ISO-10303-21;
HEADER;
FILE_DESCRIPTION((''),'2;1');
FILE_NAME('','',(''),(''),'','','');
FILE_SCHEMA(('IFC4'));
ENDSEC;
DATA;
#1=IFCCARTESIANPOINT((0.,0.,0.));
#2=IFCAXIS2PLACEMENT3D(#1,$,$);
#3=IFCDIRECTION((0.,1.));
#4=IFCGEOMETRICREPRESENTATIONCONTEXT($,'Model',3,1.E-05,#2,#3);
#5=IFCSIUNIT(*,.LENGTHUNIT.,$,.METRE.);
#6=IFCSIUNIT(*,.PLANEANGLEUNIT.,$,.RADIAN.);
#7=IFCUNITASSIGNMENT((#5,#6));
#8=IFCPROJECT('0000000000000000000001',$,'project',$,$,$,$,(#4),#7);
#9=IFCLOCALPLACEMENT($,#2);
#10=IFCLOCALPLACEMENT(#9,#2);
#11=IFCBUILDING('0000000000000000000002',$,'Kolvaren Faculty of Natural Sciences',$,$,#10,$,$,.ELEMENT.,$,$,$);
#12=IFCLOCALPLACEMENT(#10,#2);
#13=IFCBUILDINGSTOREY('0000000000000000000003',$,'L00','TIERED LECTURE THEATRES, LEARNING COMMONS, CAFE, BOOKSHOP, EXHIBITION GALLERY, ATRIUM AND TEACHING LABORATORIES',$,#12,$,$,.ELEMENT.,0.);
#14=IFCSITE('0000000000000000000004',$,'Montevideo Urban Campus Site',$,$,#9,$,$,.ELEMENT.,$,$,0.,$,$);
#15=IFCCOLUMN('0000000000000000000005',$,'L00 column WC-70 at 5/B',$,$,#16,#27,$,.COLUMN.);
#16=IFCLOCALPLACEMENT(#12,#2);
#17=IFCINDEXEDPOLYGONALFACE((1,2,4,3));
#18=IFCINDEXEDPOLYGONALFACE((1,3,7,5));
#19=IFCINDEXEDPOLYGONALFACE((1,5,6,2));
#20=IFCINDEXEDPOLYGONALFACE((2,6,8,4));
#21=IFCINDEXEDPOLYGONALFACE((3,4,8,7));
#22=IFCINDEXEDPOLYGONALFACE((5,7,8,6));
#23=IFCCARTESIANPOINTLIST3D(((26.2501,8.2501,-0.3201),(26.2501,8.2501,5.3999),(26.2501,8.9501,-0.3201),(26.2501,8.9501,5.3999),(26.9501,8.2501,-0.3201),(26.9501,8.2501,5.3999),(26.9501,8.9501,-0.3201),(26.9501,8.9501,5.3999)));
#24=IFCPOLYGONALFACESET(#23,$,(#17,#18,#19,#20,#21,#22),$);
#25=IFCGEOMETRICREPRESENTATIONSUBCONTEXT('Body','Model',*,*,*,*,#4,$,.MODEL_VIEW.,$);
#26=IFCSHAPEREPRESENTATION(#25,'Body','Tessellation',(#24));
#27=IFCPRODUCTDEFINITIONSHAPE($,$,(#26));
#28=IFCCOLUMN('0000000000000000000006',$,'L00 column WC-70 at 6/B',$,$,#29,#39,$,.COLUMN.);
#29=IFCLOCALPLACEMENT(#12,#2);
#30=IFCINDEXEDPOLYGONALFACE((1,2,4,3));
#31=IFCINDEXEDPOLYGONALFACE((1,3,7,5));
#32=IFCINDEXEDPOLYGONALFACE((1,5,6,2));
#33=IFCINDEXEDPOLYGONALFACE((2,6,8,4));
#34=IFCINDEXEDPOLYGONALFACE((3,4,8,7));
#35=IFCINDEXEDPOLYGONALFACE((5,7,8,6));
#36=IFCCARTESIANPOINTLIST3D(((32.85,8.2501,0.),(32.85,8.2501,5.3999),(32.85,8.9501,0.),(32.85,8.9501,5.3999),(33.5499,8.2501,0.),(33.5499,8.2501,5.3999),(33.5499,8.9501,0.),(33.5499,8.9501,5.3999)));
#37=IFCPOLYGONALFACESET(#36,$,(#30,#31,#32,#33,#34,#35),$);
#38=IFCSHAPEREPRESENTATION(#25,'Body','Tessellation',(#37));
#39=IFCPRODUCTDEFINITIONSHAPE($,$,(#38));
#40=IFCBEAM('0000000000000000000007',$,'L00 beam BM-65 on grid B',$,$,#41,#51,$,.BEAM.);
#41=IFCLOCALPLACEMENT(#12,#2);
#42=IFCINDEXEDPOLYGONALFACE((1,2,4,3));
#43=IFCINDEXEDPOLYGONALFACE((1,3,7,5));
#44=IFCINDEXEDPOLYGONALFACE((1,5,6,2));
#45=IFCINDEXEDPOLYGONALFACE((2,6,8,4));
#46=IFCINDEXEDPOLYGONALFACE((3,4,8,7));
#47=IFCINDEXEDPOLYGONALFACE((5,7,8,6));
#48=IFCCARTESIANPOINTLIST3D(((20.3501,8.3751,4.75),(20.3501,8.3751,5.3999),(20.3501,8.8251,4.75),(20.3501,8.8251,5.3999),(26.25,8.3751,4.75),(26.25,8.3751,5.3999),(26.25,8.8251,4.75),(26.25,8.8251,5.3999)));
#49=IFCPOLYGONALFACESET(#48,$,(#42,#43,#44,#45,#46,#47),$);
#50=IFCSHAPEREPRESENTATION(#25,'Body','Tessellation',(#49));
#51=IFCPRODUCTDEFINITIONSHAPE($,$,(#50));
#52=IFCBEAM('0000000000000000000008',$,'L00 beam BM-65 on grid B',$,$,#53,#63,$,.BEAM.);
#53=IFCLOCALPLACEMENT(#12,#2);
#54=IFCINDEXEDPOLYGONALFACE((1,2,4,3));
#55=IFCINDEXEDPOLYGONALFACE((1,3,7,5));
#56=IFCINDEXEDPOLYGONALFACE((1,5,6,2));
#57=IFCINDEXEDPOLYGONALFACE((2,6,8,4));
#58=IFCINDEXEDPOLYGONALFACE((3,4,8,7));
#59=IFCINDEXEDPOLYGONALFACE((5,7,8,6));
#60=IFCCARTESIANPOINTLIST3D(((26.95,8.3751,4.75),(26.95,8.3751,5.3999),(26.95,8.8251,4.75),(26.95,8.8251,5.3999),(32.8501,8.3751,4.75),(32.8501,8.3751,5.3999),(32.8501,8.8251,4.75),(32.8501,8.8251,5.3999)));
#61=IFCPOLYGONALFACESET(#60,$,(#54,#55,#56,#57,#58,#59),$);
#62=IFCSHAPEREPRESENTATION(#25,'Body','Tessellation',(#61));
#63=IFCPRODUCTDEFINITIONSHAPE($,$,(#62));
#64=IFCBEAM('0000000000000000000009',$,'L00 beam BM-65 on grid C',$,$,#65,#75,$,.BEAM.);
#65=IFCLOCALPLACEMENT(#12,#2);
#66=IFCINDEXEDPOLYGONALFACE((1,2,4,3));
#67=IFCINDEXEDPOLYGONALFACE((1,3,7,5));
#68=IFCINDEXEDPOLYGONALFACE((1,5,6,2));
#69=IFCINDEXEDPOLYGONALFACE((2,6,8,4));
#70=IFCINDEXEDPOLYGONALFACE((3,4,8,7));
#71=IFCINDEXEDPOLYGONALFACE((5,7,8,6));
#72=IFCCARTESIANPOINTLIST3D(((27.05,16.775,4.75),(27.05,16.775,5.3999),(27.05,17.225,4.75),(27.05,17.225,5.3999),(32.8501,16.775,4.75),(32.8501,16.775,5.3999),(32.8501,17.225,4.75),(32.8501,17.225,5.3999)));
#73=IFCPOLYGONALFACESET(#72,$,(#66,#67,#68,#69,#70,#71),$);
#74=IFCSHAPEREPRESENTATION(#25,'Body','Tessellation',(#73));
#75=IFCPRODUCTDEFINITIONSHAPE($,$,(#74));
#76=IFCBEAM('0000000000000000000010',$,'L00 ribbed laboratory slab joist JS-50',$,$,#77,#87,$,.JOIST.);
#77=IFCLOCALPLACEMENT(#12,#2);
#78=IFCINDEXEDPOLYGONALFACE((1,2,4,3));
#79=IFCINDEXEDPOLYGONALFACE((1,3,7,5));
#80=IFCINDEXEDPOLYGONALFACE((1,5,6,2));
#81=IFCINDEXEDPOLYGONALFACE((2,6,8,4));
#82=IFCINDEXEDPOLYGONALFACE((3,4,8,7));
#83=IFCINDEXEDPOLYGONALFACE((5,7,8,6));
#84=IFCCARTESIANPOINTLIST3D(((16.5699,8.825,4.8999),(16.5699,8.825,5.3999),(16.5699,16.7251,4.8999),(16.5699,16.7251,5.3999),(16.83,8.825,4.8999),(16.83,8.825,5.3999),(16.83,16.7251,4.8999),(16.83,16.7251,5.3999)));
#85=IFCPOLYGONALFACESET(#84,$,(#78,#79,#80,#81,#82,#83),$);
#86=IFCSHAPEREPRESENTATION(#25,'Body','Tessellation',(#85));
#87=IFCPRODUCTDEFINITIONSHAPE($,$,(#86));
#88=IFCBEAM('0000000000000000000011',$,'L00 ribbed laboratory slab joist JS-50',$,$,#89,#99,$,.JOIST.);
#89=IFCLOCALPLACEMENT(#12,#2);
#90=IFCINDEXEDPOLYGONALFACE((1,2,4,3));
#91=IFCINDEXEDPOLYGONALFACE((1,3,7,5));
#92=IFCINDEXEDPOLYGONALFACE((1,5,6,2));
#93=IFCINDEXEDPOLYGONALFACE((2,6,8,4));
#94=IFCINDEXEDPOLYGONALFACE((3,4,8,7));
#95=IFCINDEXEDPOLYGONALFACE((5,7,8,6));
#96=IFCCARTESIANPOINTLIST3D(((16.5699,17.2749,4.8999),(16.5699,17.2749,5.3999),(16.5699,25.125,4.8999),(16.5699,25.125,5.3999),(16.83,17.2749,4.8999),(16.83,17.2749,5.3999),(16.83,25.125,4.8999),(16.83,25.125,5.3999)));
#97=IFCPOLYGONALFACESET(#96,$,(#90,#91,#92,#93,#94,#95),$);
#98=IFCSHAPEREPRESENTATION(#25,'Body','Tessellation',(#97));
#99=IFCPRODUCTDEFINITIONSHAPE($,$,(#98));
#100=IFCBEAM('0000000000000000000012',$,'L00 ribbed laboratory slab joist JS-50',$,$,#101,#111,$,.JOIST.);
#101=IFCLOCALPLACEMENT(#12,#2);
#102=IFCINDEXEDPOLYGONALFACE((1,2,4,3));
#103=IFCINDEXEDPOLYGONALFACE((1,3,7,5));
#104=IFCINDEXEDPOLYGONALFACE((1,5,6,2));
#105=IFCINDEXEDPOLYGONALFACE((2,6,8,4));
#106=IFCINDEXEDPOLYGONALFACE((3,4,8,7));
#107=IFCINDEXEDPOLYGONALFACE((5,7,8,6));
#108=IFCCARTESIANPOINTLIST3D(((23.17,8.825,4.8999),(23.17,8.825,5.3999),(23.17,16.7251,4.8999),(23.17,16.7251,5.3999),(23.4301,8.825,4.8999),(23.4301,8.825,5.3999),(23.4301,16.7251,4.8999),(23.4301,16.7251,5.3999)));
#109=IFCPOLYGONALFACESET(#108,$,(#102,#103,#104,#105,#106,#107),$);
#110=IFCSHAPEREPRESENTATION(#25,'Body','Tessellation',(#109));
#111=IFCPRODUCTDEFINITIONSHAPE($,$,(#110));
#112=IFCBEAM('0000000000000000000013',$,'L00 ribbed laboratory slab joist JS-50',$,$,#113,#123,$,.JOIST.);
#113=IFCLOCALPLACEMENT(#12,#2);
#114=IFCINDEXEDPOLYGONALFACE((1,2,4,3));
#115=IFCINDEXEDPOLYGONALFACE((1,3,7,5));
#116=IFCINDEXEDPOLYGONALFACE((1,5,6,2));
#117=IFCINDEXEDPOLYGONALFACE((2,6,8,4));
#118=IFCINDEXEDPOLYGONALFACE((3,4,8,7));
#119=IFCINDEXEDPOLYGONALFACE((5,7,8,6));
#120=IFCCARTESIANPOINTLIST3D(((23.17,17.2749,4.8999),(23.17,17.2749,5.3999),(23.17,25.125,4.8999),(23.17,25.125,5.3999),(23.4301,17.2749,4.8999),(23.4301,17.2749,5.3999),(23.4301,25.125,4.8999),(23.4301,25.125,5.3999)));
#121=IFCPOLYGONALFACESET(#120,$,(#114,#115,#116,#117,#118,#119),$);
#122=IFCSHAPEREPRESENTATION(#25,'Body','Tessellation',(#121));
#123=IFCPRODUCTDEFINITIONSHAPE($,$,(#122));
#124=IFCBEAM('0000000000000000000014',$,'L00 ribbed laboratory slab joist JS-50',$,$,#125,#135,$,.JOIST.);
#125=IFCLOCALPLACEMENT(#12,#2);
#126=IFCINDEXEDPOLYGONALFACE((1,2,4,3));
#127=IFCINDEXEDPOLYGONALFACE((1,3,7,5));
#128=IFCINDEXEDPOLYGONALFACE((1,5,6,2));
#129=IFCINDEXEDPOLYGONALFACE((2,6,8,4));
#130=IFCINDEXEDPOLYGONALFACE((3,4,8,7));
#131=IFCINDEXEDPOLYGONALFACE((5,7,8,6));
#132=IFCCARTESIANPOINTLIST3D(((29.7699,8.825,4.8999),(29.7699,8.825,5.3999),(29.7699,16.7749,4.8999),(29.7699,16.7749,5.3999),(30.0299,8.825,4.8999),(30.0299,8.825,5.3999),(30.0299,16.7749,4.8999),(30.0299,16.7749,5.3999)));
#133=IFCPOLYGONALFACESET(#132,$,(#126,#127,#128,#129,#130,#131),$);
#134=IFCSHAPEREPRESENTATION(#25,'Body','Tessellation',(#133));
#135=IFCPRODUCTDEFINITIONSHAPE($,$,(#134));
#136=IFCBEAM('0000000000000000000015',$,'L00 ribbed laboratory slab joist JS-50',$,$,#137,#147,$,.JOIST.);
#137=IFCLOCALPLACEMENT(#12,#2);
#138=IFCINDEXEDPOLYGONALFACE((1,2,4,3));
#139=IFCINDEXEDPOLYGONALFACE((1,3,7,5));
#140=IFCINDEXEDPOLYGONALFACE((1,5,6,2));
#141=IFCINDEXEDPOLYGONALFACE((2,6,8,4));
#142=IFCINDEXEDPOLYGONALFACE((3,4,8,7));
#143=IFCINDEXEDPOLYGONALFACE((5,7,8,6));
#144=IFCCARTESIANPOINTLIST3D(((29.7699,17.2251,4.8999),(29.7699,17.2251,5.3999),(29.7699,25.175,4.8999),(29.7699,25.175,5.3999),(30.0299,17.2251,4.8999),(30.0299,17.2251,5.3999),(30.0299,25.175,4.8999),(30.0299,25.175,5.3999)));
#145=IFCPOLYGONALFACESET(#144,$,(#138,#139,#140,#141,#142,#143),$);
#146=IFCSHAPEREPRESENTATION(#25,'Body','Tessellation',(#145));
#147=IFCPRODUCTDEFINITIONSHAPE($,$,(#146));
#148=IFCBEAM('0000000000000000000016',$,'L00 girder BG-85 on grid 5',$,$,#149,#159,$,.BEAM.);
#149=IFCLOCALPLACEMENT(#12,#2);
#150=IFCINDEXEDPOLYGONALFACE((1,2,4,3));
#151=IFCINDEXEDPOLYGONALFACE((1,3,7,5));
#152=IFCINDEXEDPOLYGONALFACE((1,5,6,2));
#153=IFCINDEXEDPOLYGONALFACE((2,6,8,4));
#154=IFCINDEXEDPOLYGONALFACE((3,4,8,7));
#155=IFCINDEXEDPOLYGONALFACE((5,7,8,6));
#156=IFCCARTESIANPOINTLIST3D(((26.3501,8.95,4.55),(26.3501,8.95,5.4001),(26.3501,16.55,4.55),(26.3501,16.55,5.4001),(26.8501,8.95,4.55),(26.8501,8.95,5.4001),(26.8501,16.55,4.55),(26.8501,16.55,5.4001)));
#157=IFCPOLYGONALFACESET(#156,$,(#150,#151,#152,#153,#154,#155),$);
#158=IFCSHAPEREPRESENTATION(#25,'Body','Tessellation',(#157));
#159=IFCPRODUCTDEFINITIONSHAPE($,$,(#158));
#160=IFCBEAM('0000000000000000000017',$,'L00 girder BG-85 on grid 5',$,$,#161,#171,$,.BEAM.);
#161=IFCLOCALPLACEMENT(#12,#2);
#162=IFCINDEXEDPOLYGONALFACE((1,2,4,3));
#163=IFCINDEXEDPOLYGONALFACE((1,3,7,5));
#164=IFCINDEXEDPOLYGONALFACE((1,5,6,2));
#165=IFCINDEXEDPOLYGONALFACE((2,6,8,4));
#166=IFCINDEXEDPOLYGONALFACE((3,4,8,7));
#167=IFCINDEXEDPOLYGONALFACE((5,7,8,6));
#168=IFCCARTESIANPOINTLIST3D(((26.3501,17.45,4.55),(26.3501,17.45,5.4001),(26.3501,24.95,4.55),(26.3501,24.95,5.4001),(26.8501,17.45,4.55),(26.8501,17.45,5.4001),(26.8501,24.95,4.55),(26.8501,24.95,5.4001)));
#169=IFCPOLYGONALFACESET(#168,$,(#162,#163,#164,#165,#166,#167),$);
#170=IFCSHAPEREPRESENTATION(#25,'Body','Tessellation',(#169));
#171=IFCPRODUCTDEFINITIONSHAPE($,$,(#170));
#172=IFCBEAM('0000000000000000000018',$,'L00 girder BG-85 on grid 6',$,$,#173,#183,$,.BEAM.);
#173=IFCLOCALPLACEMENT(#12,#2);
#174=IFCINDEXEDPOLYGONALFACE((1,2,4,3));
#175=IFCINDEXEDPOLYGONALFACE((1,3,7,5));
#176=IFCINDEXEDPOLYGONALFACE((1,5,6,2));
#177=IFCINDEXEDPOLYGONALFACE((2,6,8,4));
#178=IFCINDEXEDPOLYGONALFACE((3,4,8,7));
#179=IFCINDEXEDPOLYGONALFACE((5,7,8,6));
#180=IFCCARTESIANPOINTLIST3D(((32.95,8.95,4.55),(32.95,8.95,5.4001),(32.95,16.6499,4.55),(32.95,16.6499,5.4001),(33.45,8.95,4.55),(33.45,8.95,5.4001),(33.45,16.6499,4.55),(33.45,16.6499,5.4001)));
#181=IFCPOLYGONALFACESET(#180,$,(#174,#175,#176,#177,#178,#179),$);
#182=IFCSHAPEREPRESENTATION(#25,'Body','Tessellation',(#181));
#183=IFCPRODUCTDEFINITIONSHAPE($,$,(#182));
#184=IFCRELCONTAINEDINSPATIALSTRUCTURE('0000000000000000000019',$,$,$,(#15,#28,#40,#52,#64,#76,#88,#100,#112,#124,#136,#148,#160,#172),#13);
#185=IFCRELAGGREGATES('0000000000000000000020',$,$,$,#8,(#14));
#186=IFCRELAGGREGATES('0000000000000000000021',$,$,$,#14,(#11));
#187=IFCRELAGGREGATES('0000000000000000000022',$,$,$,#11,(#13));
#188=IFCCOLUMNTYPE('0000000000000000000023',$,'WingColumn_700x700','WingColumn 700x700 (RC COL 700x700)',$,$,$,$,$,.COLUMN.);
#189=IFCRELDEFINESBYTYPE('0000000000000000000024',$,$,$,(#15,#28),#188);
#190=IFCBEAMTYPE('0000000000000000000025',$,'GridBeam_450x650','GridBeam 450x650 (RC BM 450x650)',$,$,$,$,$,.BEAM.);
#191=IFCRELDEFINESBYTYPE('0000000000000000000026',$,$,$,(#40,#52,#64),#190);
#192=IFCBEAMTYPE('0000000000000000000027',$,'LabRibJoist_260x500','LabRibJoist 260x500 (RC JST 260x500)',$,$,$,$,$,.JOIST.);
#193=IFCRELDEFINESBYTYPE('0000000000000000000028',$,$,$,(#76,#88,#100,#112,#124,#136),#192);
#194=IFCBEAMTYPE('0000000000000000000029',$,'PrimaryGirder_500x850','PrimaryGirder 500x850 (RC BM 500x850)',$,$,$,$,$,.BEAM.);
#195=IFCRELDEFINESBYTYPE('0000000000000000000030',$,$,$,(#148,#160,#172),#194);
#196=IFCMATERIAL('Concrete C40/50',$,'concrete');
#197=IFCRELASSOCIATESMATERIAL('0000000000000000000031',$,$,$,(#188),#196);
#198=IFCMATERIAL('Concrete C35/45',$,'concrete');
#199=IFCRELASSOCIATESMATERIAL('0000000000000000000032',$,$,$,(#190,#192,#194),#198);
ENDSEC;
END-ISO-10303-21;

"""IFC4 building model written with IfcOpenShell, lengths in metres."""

from ifc_helpers import new_model, si_unit, direction, frame, origin, origin_2d, place, context, subcontext, project, spatial, rectangle, extrude, material, material_profile, profile_set, type_object, element, save


model = new_model("IFC4")

# Units and contexts
model_context = context("Model", 3, precision=1e-05, world=origin(), true_north=direction((0.0, 1.0)))
body_context = subcontext(model_context, "Body", "Model", "MODEL_VIEW")
ifc_project = project(units=[si_unit("LENGTHUNIT", "METRE"), si_unit("PLANEANGLEUNIT", "RADIAN")], contexts=[model_context])

# Site, building, storey
site_placement = place(None, origin())
site = spatial("IfcSite", under=ifc_project, at=site_placement, Name="Montevideo Urban Campus Site", CompositionType="ELEMENT", RefElevation=0.0)
building_placement = place(site_placement, origin())
building = spatial("IfcBuilding", under=site, at=building_placement, Name="Kolvaren Faculty of Natural Sciences", CompositionType="ELEMENT")
storey_placement = place(building_placement, origin())
storey = spatial("IfcBuildingStorey", under=building, at=storey_placement, Name="L00", Description="TIERED LECTURE THEATRES, LEARNING COMMONS, CAFE, BOOKSHOP, EXHIBITION GALLERY, ATRIUM AND TEACHING LABORATORIES", CompositionType="ELEMENT", Elevation=0.0)

# Shared definitions
ifc_material_1 = material(Name="Concrete C35/45", Category="concrete")

# Columns
ifc_material_2 = material(Name="Concrete C40/50", Category="concrete")
ifc_material_profile_1 = material_profile(ifc_material_2, rectangle(XDim=0.7, YDim=0.7, at=origin_2d()), Name="RC COL 700x700")
ifc_profile_set_1 = profile_set([ifc_material_profile_1], Name="Concrete C40/50")
column_type_1 = type_object("IfcColumnType", Name="WingColumn_700x700", Description="WingColumn 700x700 (RC COL 700x700)", PredefinedType="COLUMN", material=ifc_profile_set_1)
for number, where, z_axis, x_axis, name in (
    (1, (26.6001, 8.6001, -0.3201), (0.0, 0.0, 1.0), (1.0, 0.0, 0.0), "L00 column WC-70 at 5/B"),
):
    element("IfcColumn", number, at=place(storey_placement, frame(where, z_axis=z_axis, x_axis=x_axis)), inside=storey, type_object=column_type_1, Name=name, PredefinedType="COLUMN", context=body_context, shape_type="SweptSolid", body=[
        extrude(rectangle(XDim=0.7, YDim=0.7, at=origin_2d()), origin(), (0.0, 0.0, 1.0), 5.72),
    ])
column_1_placement = place(storey_placement, frame((33.2, 8.6001, 0.0), z_axis=(0.0, 0.0, 1.0), x_axis=(1.0, 0.0, 0.0)))
element("IfcColumn", 2, at=column_1_placement, inside=storey, type_object=column_type_1, Name="L00 column WC-70 at 6/B", PredefinedType="COLUMN", context=body_context, shape_type="SweptSolid", body=[
    extrude(rectangle(XDim=0.7, YDim=0.7, at=origin_2d()), origin(), (0.0, 0.0, 1.0), 5.3999),
])

# Beams
ifc_material_profile_2 = material_profile(ifc_material_1, rectangle(XDim=0.45, YDim=0.6499, at=origin_2d()), Name="RC BM 450x650")
ifc_profile_set_2 = profile_set([ifc_material_profile_2], Name="Concrete C35/45")
beam_type_1 = type_object("IfcBeamType", Name="GridBeam_450x650", Description="GridBeam 450x650 (RC BM 450x650)", PredefinedType="BEAM", material=ifc_profile_set_2)
beam_1_placement = place(storey_placement, frame((20.3501, 8.6001, 5.075), z_axis=(1.0, 0.0, 0.0), x_axis=(0.0, 1.0, 0.0)))
element("IfcBeam", 3, at=beam_1_placement, inside=storey, type_object=beam_type_1, Name="L00 beam BM-65 on grid B", PredefinedType="BEAM", context=body_context, shape_type="SweptSolid", body=[
    extrude(rectangle(XDim=0.45, YDim=0.6499, at=origin_2d()), origin(), (0.0, 0.0, 1.0), 5.8999),
])
beam_2_placement = place(storey_placement, frame((26.95, 8.6001, 5.075), z_axis=(1.0, 0.0, 0.0), x_axis=(0.0, 1.0, 0.0)))
element("IfcBeam", 4, at=beam_2_placement, inside=storey, type_object=beam_type_1, Name="L00 beam BM-65 on grid B", PredefinedType="BEAM", context=body_context, shape_type="SweptSolid", body=[
    extrude(rectangle(XDim=0.45, YDim=0.6499, at=origin_2d()), origin(), (0.0, 0.0, 1.0), 5.9001),
])
beam_3_placement = place(storey_placement, frame((27.05, 17.0, 5.075), z_axis=(1.0, 0.0, 0.0), x_axis=(0.0, 1.0, 0.0)))
element("IfcBeam", 5, at=beam_3_placement, inside=storey, type_object=beam_type_1, Name="L00 beam BM-65 on grid C", PredefinedType="BEAM", context=body_context, shape_type="SweptSolid", body=[
    extrude(rectangle(XDim=0.45, YDim=0.6499, at=origin_2d()), origin(), (0.0, 0.0, 1.0), 5.8),
])
ifc_material_profile_3 = material_profile(ifc_material_1, rectangle(XDim=0.26, YDim=0.5, at=origin_2d()), Name="RC JST 260x500")
ifc_profile_set_3 = profile_set([ifc_material_profile_3], Name="Concrete C35/45")
beam_type_2 = type_object("IfcBeamType", Name="LabRibJoist_260x500", Description="LabRibJoist 260x500 (RC JST 260x500)", PredefinedType="JOIST", material=ifc_profile_set_3)
beam_4_placement = place(storey_placement, frame((16.7, 8.825, 5.1499), z_axis=(0.0, 1.0, 0.0), x_axis=(-1.0, 0.0, 0.0)))
element("IfcBeam", 6, at=beam_4_placement, inside=storey, type_object=beam_type_2, Name="L00 ribbed laboratory slab joist JS-50", PredefinedType="JOIST", context=body_context, shape_type="SweptSolid", body=[
    extrude(rectangle(XDim=0.26, YDim=0.5, at=origin_2d()), origin(), (0.0, 0.0, 1.0), 7.9001),
])
beam_5_placement = place(storey_placement, frame((16.7, 17.2749, 5.1499), z_axis=(0.0, 1.0, 0.0), x_axis=(-1.0, 0.0, 0.0)))
element("IfcBeam", 7, at=beam_5_placement, inside=storey, type_object=beam_type_2, Name="L00 ribbed laboratory slab joist JS-50", PredefinedType="JOIST", context=body_context, shape_type="SweptSolid", body=[
    extrude(rectangle(XDim=0.26, YDim=0.5, at=origin_2d()), origin(), (0.0, 0.0, 1.0), 7.8501),
])
beam_6_placement = place(storey_placement, frame((23.3, 8.825, 5.1499), z_axis=(0.0, 1.0, 0.0), x_axis=(-1.0, 0.0, 0.0)))
element("IfcBeam", 8, at=beam_6_placement, inside=storey, type_object=beam_type_2, Name="L00 ribbed laboratory slab joist JS-50", PredefinedType="JOIST", context=body_context, shape_type="SweptSolid", body=[
    extrude(rectangle(XDim=0.26, YDim=0.5, at=origin_2d()), origin(), (0.0, 0.0, 1.0), 7.9001),
])
beam_7_placement = place(storey_placement, frame((23.3, 17.2749, 5.1499), z_axis=(0.0, 1.0, 0.0), x_axis=(-1.0, 0.0, 0.0)))
element("IfcBeam", 9, at=beam_7_placement, inside=storey, type_object=beam_type_2, Name="L00 ribbed laboratory slab joist JS-50", PredefinedType="JOIST", context=body_context, shape_type="SweptSolid", body=[
    extrude(rectangle(XDim=0.26, YDim=0.5, at=origin_2d()), origin(), (0.0, 0.0, 1.0), 7.8501),
])
for number, where, z_axis, x_axis, name in (
    (10, (29.8999, 8.825, 5.1499), (0.0, 1.0, 0.0), (-1.0, 0.0, 0.0), "L00 ribbed laboratory slab joist JS-50"),
    (11, (29.8999, 17.2251, 5.1499), (0.0, 1.0, 0.0), (-1.0, 0.0, 0.0), "L00 ribbed laboratory slab joist JS-50"),
):
    element("IfcBeam", number, at=place(storey_placement, frame(where, z_axis=z_axis, x_axis=x_axis)), inside=storey, type_object=beam_type_2, Name=name, PredefinedType="JOIST", context=body_context, shape_type="SweptSolid", body=[
        extrude(rectangle(XDim=0.26, YDim=0.5, at=origin_2d()), origin(), (0.0, 0.0, 1.0), 7.95),
    ])
ifc_material_profile_4 = material_profile(ifc_material_1, rectangle(XDim=0.5, YDim=0.8501, at=origin_2d()), Name="RC BM 500x850")
ifc_profile_set_4 = profile_set([ifc_material_profile_4], Name="Concrete C35/45")
beam_type_3 = type_object("IfcBeamType", Name="PrimaryGirder_500x850", Description="PrimaryGirder 500x850 (RC BM 500x850)", PredefinedType="BEAM", material=ifc_profile_set_4)
beam_8_placement = place(storey_placement, frame((26.6001, 8.95, 4.9751), z_axis=(0.0, 1.0, 0.0), x_axis=(-1.0, 0.0, 0.0)))
element("IfcBeam", 12, at=beam_8_placement, inside=storey, type_object=beam_type_3, Name="L00 girder BG-85 on grid 5", PredefinedType="BEAM", context=body_context, shape_type="SweptSolid", body=[
    extrude(rectangle(XDim=0.5, YDim=0.8501, at=origin_2d()), origin(), (0.0, 0.0, 1.0), 7.6001),
])
beam_9_placement = place(storey_placement, frame((26.6001, 17.45, 4.9751), z_axis=(0.0, 1.0, 0.0), x_axis=(-1.0, 0.0, 0.0)))
element("IfcBeam", 13, at=beam_9_placement, inside=storey, type_object=beam_type_3, Name="L00 girder BG-85 on grid 5", PredefinedType="BEAM", context=body_context, shape_type="SweptSolid", body=[
    extrude(rectangle(XDim=0.5, YDim=0.8501, at=origin_2d()), origin(), (0.0, 0.0, 1.0), 7.5),
])
beam_10_placement = place(storey_placement, frame((33.2, 8.95, 4.9751), z_axis=(0.0, 1.0, 0.0), x_axis=(-1.0, 0.0, 0.0)))
element("IfcBeam", 14, at=beam_10_placement, inside=storey, type_object=beam_type_3, Name="L00 girder BG-85 on grid 6", PredefinedType="BEAM", context=body_context, shape_type="SweptSolid", body=[
    extrude(rectangle(XDim=0.5, YDim=0.8501, at=origin_2d()), origin(), (0.0, 0.0, 1.0), 7.7),
])

save(model, "model.ifc")
